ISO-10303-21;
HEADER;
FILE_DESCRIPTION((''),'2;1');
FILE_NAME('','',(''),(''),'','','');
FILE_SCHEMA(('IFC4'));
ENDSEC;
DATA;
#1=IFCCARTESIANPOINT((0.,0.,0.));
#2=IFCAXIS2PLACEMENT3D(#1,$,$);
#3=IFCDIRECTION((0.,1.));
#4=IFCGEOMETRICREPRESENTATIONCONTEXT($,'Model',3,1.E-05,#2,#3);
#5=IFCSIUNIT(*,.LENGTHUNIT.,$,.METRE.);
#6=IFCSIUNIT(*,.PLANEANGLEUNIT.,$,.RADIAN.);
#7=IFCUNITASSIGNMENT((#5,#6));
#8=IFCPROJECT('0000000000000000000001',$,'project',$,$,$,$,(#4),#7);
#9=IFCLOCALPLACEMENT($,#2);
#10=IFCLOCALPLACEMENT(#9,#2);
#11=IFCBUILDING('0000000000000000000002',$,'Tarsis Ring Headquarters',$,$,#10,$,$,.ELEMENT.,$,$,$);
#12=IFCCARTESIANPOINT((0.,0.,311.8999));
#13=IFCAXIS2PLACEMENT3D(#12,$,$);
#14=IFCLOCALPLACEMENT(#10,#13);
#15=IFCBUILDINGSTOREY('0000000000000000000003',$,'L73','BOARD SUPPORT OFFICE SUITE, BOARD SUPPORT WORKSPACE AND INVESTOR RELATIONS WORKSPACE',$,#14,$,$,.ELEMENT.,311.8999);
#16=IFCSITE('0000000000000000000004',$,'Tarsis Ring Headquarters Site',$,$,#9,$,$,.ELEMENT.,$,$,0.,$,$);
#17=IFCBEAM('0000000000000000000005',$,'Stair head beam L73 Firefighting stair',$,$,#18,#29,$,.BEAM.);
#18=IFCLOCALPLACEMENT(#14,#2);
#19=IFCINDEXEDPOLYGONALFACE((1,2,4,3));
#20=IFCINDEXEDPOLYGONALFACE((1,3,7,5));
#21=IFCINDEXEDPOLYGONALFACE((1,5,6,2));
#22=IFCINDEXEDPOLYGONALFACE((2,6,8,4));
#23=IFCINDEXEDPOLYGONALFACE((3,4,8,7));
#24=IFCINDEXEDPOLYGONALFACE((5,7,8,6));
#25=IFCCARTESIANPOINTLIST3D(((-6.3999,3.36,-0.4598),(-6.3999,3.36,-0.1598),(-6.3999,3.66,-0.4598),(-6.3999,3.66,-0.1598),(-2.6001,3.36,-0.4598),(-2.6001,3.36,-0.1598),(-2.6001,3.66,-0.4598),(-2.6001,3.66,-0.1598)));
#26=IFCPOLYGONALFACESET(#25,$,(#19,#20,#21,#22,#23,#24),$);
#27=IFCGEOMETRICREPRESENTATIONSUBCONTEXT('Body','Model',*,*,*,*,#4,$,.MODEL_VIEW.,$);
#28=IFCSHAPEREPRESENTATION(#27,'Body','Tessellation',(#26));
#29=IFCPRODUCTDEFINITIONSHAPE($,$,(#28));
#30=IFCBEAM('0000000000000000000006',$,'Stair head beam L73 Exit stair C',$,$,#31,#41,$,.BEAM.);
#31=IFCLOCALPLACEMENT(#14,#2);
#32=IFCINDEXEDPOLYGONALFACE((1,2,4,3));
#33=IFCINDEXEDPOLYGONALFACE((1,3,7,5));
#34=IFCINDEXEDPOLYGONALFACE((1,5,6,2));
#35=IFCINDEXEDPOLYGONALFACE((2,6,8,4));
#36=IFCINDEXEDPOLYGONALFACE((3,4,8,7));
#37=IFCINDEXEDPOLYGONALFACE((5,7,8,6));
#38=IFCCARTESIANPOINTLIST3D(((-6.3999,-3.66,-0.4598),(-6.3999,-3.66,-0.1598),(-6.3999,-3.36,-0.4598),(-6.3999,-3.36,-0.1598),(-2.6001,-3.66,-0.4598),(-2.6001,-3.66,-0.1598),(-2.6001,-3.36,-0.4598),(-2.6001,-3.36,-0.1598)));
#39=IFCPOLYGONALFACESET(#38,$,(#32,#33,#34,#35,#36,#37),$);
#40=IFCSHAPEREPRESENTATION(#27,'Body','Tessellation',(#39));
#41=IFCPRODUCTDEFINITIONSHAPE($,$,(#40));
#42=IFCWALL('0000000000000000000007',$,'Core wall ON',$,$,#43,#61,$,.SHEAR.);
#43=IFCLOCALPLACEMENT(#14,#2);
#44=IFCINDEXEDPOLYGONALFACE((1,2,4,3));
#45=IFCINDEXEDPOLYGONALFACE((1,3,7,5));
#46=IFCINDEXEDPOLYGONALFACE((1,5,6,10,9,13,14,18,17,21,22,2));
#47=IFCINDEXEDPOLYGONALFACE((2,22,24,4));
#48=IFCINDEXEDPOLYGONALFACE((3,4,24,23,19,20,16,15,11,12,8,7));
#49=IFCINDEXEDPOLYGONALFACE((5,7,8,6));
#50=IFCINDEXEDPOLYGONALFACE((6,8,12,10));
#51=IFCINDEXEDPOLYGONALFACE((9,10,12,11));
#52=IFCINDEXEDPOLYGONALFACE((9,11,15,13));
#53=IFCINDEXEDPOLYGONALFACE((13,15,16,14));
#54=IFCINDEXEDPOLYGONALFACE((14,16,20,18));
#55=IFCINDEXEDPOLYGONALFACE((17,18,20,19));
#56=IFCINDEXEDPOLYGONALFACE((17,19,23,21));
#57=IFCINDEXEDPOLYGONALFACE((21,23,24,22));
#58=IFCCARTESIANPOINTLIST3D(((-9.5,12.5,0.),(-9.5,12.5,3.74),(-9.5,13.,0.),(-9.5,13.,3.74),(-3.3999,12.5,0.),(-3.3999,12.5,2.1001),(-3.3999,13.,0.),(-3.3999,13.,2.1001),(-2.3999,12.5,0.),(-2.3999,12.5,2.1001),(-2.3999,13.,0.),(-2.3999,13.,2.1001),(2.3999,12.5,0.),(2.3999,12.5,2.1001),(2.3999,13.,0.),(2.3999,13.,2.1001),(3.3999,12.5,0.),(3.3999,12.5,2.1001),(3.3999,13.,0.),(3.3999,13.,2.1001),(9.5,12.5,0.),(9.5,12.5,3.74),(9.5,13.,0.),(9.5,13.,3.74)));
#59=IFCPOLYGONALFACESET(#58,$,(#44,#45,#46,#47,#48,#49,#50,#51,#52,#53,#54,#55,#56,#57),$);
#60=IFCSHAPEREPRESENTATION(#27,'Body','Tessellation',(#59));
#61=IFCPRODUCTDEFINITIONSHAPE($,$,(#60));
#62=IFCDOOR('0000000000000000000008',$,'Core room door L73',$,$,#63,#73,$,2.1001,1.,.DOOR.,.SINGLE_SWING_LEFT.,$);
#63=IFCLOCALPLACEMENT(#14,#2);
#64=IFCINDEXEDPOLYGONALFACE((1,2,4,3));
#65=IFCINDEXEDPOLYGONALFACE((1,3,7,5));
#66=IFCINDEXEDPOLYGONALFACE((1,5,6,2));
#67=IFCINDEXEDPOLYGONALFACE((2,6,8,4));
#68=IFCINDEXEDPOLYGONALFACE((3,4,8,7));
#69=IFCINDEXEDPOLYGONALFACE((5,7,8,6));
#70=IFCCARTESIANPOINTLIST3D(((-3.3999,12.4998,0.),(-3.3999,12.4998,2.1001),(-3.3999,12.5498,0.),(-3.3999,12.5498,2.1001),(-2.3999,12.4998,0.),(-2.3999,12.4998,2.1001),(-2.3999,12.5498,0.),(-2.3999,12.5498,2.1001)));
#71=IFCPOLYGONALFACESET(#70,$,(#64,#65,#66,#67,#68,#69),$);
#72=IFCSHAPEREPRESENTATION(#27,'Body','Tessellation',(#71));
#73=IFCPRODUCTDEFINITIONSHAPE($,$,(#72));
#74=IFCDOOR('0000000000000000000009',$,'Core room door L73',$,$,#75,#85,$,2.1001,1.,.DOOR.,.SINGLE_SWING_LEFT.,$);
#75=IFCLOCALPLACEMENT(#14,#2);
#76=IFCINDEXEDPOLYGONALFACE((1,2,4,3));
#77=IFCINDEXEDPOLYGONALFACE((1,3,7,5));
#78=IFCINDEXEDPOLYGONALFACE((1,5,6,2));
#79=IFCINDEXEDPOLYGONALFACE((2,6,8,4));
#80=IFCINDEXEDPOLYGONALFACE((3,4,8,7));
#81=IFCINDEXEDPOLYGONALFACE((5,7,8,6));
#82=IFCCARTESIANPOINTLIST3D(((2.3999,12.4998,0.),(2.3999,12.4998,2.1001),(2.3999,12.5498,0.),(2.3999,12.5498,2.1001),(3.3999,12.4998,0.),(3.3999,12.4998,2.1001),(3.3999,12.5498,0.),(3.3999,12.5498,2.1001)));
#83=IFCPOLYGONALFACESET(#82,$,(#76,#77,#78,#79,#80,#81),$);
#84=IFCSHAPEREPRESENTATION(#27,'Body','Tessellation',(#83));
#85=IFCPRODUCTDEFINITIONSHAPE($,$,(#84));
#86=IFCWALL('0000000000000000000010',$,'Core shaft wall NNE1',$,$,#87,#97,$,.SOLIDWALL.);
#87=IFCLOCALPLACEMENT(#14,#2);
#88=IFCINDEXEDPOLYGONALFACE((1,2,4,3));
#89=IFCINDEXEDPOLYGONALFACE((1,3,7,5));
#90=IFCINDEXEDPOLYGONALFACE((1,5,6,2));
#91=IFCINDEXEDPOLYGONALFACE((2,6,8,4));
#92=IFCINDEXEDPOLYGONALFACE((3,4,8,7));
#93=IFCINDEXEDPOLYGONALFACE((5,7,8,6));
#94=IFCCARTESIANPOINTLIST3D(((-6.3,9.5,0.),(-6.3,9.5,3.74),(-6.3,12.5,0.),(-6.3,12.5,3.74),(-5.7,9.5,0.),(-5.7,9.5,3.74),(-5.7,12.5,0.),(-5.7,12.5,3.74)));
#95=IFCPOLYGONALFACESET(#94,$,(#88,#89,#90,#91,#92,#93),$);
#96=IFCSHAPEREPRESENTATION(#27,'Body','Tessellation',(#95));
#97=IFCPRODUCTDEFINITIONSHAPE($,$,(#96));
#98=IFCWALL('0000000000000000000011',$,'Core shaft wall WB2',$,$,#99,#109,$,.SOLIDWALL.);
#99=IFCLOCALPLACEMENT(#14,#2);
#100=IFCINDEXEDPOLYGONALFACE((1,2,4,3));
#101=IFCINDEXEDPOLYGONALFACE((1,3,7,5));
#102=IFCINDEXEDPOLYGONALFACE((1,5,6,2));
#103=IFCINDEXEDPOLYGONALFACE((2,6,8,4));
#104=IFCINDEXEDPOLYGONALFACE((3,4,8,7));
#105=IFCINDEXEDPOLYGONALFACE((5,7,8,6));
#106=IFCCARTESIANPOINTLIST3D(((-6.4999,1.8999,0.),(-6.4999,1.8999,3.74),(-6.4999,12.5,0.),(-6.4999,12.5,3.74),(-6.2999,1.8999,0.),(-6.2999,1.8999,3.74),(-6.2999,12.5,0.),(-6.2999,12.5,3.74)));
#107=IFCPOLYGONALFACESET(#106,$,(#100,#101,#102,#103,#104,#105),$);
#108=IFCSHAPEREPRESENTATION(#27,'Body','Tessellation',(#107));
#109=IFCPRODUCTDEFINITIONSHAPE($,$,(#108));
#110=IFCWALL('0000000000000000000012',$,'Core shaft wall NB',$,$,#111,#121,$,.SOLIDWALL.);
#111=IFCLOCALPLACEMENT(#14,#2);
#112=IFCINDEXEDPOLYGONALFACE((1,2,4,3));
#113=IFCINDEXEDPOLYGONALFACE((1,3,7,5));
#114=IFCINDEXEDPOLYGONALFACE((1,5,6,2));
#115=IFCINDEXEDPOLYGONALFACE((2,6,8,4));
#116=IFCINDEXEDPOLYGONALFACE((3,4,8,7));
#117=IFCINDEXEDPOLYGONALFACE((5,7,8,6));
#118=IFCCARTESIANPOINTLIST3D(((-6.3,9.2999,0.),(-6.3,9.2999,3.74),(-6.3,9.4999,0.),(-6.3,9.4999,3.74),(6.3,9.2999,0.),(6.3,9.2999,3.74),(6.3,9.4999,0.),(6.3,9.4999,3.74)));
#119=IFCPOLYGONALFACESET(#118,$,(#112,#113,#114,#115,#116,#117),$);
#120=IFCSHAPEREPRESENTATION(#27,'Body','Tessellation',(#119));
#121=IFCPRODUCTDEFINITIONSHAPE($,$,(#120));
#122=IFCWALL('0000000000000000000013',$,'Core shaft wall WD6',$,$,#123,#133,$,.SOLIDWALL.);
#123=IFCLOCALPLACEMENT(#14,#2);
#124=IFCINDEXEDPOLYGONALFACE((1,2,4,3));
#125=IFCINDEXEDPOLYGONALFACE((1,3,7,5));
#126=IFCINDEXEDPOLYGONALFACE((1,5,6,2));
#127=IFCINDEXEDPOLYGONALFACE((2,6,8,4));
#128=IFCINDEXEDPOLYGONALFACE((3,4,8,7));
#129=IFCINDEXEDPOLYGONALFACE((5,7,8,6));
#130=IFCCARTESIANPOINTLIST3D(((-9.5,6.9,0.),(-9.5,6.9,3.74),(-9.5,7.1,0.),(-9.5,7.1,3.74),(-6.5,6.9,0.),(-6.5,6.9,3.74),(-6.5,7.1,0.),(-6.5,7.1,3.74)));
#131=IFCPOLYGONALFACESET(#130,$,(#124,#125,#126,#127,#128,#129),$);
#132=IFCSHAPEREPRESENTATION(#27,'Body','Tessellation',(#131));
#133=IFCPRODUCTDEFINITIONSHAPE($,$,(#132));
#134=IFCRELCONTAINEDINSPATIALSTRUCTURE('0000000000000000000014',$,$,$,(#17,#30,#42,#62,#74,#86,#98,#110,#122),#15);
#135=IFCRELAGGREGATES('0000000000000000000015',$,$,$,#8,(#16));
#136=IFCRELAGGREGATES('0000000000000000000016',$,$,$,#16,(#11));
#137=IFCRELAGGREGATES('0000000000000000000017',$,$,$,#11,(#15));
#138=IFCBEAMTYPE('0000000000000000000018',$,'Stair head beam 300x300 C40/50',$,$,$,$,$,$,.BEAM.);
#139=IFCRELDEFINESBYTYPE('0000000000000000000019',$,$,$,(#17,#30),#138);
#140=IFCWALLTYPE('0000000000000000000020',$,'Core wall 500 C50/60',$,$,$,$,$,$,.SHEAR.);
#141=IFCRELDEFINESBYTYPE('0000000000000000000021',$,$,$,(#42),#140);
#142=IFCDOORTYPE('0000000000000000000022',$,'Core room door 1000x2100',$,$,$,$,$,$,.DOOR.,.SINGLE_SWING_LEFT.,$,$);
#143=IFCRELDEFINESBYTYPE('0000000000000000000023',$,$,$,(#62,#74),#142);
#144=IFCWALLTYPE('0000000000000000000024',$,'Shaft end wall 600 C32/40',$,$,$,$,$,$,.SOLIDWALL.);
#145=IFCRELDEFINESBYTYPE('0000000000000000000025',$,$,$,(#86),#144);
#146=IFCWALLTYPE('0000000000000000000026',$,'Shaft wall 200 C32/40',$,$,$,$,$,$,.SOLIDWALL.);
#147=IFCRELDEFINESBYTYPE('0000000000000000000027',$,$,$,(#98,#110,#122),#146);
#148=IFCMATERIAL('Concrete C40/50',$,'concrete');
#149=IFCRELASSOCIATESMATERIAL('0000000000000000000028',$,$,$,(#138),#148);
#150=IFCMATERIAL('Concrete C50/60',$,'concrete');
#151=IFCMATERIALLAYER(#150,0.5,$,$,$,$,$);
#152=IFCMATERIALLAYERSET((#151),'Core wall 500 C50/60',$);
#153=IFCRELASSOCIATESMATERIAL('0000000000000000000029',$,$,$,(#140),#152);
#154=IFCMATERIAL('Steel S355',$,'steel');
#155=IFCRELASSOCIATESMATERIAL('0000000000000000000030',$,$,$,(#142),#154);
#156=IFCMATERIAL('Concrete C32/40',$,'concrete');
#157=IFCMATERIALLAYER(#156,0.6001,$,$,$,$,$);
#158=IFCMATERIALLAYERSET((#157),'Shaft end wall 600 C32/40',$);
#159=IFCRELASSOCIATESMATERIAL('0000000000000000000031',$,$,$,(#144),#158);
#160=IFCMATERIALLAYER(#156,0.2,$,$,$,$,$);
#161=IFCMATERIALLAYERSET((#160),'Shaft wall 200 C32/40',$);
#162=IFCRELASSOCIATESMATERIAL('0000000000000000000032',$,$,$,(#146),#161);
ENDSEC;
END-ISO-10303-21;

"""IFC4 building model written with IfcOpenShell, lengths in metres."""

from ifc_helpers import new_model, si_unit, direction, frame, frame_2d, origin, origin_2d, place, context, subcontext, project, spatial, rectangle, extrude, material, layer, layer_set, material_profile, profile_set, type_object, element, fill, save


model = new_model("IFC4")

# Units and contexts
model_context = context("Model", 3, precision=1e-05, world=origin(), true_north=direction((0.0, 1.0)))
body_context = subcontext(model_context, "Body", "Model", "MODEL_VIEW")
ifc_project = project(units=[si_unit("LENGTHUNIT", "METRE"), si_unit("PLANEANGLEUNIT", "RADIAN")], contexts=[model_context])

# Site, building, storey
site_placement = place(None, origin())
site = spatial("IfcSite", under=ifc_project, at=site_placement, Name="Tarsis Ring Headquarters Site", CompositionType="ELEMENT", RefElevation=0.0)
building_placement = place(site_placement, origin())
building = spatial("IfcBuilding", under=site, at=building_placement, Name="Tarsis Ring Headquarters", CompositionType="ELEMENT")
storey_placement = place(building_placement, frame((0.0, 0.0, 311.8999)))
storey = spatial("IfcBuildingStorey", under=building, at=storey_placement, Name="L73", Description="BOARD SUPPORT OFFICE SUITE, BOARD SUPPORT WORKSPACE AND INVESTOR RELATIONS WORKSPACE", CompositionType="ELEMENT", Elevation=311.8999)

# Beams
ifc_material_1 = material(Name="Concrete C40/50", Category="concrete")
ifc_material_profile = material_profile(ifc_material_1, rectangle(XDim=0.3, YDim=0.3, at=origin_2d()), Name="Stair head beam 300x300 C40/50")
ifc_profile_set = profile_set([ifc_material_profile], Name="Concrete C40/50")
beam_type = type_object("IfcBeamType", Name="Stair head beam 300x300 C40/50", PredefinedType="BEAM", material=ifc_profile_set)
for number, where, z_axis, x_axis, name in (
    (1, (-6.3999, 3.51, -0.3098), (1.0, 0.0, 0.0), (0.0, 1.0, 0.0), "Stair head beam L73 Firefighting stair"),
    (2, (-6.3999, -3.51, -0.3098), (1.0, 0.0, 0.0), (0.0, 1.0, 0.0), "Stair head beam L73 Exit stair C"),
):
    element("IfcBeam", number, at=place(storey_placement, frame(where, z_axis=z_axis, x_axis=x_axis)), inside=storey, type_object=beam_type, Name=name, PredefinedType="BEAM", context=body_context, shape_type="SweptSolid", body=[
        extrude(rectangle(XDim=0.3, YDim=0.3, at=origin_2d()), origin(), (0.0, 0.0, 1.0), 3.7998),
    ])

# Wall, openings, doors
ifc_material_2 = material(Name="Concrete C50/60", Category="concrete")
ifc_layer_1 = layer(ifc_material_2, 0.5)
ifc_layer_set_1 = layer_set([ifc_layer_1], Name="Core wall 500 C50/60")
wall_type_1 = type_object("IfcWallType", Name="Core wall 500 C50/60", PredefinedType="SHEAR", material=ifc_layer_set_1)
wall_1_placement = place(storey_placement, frame((-9.5, 12.75, 0.0), z_axis=(0.0, 0.0, 1.0), x_axis=(1.0, 0.0, 0.0)))
wall_1 = element("IfcWall", 3, at=wall_1_placement, inside=storey, type_object=wall_type_1, Name="Core wall ON", PredefinedType="SHEAR", context=body_context, shape_type="SweptSolid", body=[
    extrude(rectangle(XDim=19.0, YDim=0.5, at=frame_2d((9.5, 0.0))), origin(), (0.0, 0.0, 1.0), 3.74),
])
opening_1_placement = place(wall_1_placement, frame((6.1001, 0.0, 0.0)))
opening_1 = element("IfcOpeningElement", 4, at=opening_1_placement, cuts=wall_1, PredefinedType="OPENING", context=body_context, shape_type="SweptSolid", body=[
    extrude(rectangle(XDim=1.0, YDim=2.1001, at=frame_2d((0.5, 1.05))), frame((0.0, 0.26, 0.0), z_axis=(0.0, -1.0, 0.0), x_axis=(1.0, 0.0, 0.0)), (0.0, 0.0, 1.0), 0.52),
])
opening_2_placement = place(wall_1_placement, frame((11.8999, 0.0, 0.0)))
opening_2 = element("IfcOpeningElement", 5, at=opening_2_placement, cuts=wall_1, PredefinedType="OPENING", context=body_context, shape_type="SweptSolid", body=[
    extrude(rectangle(XDim=1.0, YDim=2.1001, at=frame_2d((0.5, 1.05))), frame((0.0, 0.26, 0.0), z_axis=(0.0, -1.0, 0.0), x_axis=(1.0, 0.0, 0.0)), (0.0, 0.0, 1.0), 0.52),
])
ifc_material_3 = material(Name="Steel S355", Category="steel")
door_type = type_object("IfcDoorType", Name="Core room door 1000x2100", OperationType="SINGLE_SWING_LEFT", PredefinedType="DOOR", material=ifc_material_3)
door_1_placement = place(opening_1_placement, origin())
door_1 = element("IfcDoor", 6, at=door_1_placement, inside=storey, type_object=door_type, Name="Core room door L73", OperationType="SINGLE_SWING_LEFT", OverallHeight=2.1001, OverallWidth=1.0, PredefinedType="DOOR", context=body_context, shape_type="SweptSolid", body=[
    extrude(rectangle(XDim=1.0, YDim=2.1001, at=frame_2d((0.5, 1.05))), frame((0.0, -0.2002, 0.0), z_axis=(0.0, -1.0, 0.0), x_axis=(1.0, 0.0, 0.0)), (0.0, 0.0, 1.0), 0.05),
])
fill(opening_1, door_1)
door_2_placement = place(opening_2_placement, origin())
door_2 = element("IfcDoor", 7, at=door_2_placement, inside=storey, type_object=door_type, Name="Core room door L73", OperationType="SINGLE_SWING_LEFT", OverallHeight=2.1001, OverallWidth=1.0, PredefinedType="DOOR", context=body_context, shape_type="SweptSolid", body=[
    extrude(rectangle(XDim=1.0, YDim=2.1001, at=frame_2d((0.5, 1.05))), frame((0.0, -0.2002, 0.0), z_axis=(0.0, -1.0, 0.0), x_axis=(1.0, 0.0, 0.0)), (0.0, 0.0, 1.0), 0.05),
])
fill(opening_2, door_2)

# Walls
ifc_material_4 = material(Name="Concrete C32/40", Category="concrete")
ifc_layer_2 = layer(ifc_material_4, 0.6001)
ifc_layer_set_2 = layer_set([ifc_layer_2], Name="Shaft end wall 600 C32/40")
wall_type_2 = type_object("IfcWallType", Name="Shaft end wall 600 C32/40", PredefinedType="SOLIDWALL", material=ifc_layer_set_2)
wall_2_placement = place(storey_placement, frame((-6.0, 9.5, 0.0), z_axis=(0.0, 0.0, 1.0), x_axis=(0.0, 1.0, 0.0)))
element("IfcWall", 8, at=wall_2_placement, inside=storey, type_object=wall_type_2, Name="Core shaft wall NNE1", PredefinedType="SOLIDWALL", context=body_context, shape_type="SweptSolid", body=[
    extrude(rectangle(XDim=3.0, YDim=0.6001, at=frame_2d((1.5, 0.0))), origin(), (0.0, 0.0, 1.0), 3.74),
])
ifc_layer_3 = layer(ifc_material_4, 0.2)
ifc_layer_set_3 = layer_set([ifc_layer_3], Name="Shaft wall 200 C32/40")
wall_type_3 = type_object("IfcWallType", Name="Shaft wall 200 C32/40", PredefinedType="SOLIDWALL", material=ifc_layer_set_3)
wall_3_placement = place(storey_placement, frame((-6.3999, 1.8999, 0.0), z_axis=(0.0, 0.0, 1.0), x_axis=(0.0, 1.0, 0.0)))
element("IfcWall", 9, at=wall_3_placement, inside=storey, type_object=wall_type_3, Name="Core shaft wall WB2", PredefinedType="SOLIDWALL", context=body_context, shape_type="SweptSolid", body=[
    extrude(rectangle(XDim=10.6001, YDim=0.2, at=frame_2d((5.3, 0.0))), origin(), (0.0, 0.0, 1.0), 3.74),
])
wall_4_placement = place(storey_placement, frame((-6.3, 9.3999, 0.0), z_axis=(0.0, 0.0, 1.0), x_axis=(1.0, 0.0, 0.0)))
element("IfcWall", 10, at=wall_4_placement, inside=storey, type_object=wall_type_3, Name="Core shaft wall NB", PredefinedType="SOLIDWALL", context=body_context, shape_type="SweptSolid", body=[
    extrude(rectangle(XDim=12.6001, YDim=0.2, at=frame_2d((6.3, 0.0))), origin(), (0.0, 0.0, 1.0), 3.74),
])
wall_5_placement = place(storey_placement, frame((-9.5, 7.0, 0.0), z_axis=(0.0, 0.0, 1.0), x_axis=(1.0, 0.0, 0.0)))
element("IfcWall", 11, at=wall_5_placement, inside=storey, type_object=wall_type_3, Name="Core shaft wall WD6", PredefinedType="SOLIDWALL", context=body_context, shape_type="SweptSolid", body=[
    extrude(rectangle(XDim=3.0, YDim=0.2, at=frame_2d((1.5, 0.0))), origin(), (0.0, 0.0, 1.0), 3.74),
])

save(model, "model.ifc")
